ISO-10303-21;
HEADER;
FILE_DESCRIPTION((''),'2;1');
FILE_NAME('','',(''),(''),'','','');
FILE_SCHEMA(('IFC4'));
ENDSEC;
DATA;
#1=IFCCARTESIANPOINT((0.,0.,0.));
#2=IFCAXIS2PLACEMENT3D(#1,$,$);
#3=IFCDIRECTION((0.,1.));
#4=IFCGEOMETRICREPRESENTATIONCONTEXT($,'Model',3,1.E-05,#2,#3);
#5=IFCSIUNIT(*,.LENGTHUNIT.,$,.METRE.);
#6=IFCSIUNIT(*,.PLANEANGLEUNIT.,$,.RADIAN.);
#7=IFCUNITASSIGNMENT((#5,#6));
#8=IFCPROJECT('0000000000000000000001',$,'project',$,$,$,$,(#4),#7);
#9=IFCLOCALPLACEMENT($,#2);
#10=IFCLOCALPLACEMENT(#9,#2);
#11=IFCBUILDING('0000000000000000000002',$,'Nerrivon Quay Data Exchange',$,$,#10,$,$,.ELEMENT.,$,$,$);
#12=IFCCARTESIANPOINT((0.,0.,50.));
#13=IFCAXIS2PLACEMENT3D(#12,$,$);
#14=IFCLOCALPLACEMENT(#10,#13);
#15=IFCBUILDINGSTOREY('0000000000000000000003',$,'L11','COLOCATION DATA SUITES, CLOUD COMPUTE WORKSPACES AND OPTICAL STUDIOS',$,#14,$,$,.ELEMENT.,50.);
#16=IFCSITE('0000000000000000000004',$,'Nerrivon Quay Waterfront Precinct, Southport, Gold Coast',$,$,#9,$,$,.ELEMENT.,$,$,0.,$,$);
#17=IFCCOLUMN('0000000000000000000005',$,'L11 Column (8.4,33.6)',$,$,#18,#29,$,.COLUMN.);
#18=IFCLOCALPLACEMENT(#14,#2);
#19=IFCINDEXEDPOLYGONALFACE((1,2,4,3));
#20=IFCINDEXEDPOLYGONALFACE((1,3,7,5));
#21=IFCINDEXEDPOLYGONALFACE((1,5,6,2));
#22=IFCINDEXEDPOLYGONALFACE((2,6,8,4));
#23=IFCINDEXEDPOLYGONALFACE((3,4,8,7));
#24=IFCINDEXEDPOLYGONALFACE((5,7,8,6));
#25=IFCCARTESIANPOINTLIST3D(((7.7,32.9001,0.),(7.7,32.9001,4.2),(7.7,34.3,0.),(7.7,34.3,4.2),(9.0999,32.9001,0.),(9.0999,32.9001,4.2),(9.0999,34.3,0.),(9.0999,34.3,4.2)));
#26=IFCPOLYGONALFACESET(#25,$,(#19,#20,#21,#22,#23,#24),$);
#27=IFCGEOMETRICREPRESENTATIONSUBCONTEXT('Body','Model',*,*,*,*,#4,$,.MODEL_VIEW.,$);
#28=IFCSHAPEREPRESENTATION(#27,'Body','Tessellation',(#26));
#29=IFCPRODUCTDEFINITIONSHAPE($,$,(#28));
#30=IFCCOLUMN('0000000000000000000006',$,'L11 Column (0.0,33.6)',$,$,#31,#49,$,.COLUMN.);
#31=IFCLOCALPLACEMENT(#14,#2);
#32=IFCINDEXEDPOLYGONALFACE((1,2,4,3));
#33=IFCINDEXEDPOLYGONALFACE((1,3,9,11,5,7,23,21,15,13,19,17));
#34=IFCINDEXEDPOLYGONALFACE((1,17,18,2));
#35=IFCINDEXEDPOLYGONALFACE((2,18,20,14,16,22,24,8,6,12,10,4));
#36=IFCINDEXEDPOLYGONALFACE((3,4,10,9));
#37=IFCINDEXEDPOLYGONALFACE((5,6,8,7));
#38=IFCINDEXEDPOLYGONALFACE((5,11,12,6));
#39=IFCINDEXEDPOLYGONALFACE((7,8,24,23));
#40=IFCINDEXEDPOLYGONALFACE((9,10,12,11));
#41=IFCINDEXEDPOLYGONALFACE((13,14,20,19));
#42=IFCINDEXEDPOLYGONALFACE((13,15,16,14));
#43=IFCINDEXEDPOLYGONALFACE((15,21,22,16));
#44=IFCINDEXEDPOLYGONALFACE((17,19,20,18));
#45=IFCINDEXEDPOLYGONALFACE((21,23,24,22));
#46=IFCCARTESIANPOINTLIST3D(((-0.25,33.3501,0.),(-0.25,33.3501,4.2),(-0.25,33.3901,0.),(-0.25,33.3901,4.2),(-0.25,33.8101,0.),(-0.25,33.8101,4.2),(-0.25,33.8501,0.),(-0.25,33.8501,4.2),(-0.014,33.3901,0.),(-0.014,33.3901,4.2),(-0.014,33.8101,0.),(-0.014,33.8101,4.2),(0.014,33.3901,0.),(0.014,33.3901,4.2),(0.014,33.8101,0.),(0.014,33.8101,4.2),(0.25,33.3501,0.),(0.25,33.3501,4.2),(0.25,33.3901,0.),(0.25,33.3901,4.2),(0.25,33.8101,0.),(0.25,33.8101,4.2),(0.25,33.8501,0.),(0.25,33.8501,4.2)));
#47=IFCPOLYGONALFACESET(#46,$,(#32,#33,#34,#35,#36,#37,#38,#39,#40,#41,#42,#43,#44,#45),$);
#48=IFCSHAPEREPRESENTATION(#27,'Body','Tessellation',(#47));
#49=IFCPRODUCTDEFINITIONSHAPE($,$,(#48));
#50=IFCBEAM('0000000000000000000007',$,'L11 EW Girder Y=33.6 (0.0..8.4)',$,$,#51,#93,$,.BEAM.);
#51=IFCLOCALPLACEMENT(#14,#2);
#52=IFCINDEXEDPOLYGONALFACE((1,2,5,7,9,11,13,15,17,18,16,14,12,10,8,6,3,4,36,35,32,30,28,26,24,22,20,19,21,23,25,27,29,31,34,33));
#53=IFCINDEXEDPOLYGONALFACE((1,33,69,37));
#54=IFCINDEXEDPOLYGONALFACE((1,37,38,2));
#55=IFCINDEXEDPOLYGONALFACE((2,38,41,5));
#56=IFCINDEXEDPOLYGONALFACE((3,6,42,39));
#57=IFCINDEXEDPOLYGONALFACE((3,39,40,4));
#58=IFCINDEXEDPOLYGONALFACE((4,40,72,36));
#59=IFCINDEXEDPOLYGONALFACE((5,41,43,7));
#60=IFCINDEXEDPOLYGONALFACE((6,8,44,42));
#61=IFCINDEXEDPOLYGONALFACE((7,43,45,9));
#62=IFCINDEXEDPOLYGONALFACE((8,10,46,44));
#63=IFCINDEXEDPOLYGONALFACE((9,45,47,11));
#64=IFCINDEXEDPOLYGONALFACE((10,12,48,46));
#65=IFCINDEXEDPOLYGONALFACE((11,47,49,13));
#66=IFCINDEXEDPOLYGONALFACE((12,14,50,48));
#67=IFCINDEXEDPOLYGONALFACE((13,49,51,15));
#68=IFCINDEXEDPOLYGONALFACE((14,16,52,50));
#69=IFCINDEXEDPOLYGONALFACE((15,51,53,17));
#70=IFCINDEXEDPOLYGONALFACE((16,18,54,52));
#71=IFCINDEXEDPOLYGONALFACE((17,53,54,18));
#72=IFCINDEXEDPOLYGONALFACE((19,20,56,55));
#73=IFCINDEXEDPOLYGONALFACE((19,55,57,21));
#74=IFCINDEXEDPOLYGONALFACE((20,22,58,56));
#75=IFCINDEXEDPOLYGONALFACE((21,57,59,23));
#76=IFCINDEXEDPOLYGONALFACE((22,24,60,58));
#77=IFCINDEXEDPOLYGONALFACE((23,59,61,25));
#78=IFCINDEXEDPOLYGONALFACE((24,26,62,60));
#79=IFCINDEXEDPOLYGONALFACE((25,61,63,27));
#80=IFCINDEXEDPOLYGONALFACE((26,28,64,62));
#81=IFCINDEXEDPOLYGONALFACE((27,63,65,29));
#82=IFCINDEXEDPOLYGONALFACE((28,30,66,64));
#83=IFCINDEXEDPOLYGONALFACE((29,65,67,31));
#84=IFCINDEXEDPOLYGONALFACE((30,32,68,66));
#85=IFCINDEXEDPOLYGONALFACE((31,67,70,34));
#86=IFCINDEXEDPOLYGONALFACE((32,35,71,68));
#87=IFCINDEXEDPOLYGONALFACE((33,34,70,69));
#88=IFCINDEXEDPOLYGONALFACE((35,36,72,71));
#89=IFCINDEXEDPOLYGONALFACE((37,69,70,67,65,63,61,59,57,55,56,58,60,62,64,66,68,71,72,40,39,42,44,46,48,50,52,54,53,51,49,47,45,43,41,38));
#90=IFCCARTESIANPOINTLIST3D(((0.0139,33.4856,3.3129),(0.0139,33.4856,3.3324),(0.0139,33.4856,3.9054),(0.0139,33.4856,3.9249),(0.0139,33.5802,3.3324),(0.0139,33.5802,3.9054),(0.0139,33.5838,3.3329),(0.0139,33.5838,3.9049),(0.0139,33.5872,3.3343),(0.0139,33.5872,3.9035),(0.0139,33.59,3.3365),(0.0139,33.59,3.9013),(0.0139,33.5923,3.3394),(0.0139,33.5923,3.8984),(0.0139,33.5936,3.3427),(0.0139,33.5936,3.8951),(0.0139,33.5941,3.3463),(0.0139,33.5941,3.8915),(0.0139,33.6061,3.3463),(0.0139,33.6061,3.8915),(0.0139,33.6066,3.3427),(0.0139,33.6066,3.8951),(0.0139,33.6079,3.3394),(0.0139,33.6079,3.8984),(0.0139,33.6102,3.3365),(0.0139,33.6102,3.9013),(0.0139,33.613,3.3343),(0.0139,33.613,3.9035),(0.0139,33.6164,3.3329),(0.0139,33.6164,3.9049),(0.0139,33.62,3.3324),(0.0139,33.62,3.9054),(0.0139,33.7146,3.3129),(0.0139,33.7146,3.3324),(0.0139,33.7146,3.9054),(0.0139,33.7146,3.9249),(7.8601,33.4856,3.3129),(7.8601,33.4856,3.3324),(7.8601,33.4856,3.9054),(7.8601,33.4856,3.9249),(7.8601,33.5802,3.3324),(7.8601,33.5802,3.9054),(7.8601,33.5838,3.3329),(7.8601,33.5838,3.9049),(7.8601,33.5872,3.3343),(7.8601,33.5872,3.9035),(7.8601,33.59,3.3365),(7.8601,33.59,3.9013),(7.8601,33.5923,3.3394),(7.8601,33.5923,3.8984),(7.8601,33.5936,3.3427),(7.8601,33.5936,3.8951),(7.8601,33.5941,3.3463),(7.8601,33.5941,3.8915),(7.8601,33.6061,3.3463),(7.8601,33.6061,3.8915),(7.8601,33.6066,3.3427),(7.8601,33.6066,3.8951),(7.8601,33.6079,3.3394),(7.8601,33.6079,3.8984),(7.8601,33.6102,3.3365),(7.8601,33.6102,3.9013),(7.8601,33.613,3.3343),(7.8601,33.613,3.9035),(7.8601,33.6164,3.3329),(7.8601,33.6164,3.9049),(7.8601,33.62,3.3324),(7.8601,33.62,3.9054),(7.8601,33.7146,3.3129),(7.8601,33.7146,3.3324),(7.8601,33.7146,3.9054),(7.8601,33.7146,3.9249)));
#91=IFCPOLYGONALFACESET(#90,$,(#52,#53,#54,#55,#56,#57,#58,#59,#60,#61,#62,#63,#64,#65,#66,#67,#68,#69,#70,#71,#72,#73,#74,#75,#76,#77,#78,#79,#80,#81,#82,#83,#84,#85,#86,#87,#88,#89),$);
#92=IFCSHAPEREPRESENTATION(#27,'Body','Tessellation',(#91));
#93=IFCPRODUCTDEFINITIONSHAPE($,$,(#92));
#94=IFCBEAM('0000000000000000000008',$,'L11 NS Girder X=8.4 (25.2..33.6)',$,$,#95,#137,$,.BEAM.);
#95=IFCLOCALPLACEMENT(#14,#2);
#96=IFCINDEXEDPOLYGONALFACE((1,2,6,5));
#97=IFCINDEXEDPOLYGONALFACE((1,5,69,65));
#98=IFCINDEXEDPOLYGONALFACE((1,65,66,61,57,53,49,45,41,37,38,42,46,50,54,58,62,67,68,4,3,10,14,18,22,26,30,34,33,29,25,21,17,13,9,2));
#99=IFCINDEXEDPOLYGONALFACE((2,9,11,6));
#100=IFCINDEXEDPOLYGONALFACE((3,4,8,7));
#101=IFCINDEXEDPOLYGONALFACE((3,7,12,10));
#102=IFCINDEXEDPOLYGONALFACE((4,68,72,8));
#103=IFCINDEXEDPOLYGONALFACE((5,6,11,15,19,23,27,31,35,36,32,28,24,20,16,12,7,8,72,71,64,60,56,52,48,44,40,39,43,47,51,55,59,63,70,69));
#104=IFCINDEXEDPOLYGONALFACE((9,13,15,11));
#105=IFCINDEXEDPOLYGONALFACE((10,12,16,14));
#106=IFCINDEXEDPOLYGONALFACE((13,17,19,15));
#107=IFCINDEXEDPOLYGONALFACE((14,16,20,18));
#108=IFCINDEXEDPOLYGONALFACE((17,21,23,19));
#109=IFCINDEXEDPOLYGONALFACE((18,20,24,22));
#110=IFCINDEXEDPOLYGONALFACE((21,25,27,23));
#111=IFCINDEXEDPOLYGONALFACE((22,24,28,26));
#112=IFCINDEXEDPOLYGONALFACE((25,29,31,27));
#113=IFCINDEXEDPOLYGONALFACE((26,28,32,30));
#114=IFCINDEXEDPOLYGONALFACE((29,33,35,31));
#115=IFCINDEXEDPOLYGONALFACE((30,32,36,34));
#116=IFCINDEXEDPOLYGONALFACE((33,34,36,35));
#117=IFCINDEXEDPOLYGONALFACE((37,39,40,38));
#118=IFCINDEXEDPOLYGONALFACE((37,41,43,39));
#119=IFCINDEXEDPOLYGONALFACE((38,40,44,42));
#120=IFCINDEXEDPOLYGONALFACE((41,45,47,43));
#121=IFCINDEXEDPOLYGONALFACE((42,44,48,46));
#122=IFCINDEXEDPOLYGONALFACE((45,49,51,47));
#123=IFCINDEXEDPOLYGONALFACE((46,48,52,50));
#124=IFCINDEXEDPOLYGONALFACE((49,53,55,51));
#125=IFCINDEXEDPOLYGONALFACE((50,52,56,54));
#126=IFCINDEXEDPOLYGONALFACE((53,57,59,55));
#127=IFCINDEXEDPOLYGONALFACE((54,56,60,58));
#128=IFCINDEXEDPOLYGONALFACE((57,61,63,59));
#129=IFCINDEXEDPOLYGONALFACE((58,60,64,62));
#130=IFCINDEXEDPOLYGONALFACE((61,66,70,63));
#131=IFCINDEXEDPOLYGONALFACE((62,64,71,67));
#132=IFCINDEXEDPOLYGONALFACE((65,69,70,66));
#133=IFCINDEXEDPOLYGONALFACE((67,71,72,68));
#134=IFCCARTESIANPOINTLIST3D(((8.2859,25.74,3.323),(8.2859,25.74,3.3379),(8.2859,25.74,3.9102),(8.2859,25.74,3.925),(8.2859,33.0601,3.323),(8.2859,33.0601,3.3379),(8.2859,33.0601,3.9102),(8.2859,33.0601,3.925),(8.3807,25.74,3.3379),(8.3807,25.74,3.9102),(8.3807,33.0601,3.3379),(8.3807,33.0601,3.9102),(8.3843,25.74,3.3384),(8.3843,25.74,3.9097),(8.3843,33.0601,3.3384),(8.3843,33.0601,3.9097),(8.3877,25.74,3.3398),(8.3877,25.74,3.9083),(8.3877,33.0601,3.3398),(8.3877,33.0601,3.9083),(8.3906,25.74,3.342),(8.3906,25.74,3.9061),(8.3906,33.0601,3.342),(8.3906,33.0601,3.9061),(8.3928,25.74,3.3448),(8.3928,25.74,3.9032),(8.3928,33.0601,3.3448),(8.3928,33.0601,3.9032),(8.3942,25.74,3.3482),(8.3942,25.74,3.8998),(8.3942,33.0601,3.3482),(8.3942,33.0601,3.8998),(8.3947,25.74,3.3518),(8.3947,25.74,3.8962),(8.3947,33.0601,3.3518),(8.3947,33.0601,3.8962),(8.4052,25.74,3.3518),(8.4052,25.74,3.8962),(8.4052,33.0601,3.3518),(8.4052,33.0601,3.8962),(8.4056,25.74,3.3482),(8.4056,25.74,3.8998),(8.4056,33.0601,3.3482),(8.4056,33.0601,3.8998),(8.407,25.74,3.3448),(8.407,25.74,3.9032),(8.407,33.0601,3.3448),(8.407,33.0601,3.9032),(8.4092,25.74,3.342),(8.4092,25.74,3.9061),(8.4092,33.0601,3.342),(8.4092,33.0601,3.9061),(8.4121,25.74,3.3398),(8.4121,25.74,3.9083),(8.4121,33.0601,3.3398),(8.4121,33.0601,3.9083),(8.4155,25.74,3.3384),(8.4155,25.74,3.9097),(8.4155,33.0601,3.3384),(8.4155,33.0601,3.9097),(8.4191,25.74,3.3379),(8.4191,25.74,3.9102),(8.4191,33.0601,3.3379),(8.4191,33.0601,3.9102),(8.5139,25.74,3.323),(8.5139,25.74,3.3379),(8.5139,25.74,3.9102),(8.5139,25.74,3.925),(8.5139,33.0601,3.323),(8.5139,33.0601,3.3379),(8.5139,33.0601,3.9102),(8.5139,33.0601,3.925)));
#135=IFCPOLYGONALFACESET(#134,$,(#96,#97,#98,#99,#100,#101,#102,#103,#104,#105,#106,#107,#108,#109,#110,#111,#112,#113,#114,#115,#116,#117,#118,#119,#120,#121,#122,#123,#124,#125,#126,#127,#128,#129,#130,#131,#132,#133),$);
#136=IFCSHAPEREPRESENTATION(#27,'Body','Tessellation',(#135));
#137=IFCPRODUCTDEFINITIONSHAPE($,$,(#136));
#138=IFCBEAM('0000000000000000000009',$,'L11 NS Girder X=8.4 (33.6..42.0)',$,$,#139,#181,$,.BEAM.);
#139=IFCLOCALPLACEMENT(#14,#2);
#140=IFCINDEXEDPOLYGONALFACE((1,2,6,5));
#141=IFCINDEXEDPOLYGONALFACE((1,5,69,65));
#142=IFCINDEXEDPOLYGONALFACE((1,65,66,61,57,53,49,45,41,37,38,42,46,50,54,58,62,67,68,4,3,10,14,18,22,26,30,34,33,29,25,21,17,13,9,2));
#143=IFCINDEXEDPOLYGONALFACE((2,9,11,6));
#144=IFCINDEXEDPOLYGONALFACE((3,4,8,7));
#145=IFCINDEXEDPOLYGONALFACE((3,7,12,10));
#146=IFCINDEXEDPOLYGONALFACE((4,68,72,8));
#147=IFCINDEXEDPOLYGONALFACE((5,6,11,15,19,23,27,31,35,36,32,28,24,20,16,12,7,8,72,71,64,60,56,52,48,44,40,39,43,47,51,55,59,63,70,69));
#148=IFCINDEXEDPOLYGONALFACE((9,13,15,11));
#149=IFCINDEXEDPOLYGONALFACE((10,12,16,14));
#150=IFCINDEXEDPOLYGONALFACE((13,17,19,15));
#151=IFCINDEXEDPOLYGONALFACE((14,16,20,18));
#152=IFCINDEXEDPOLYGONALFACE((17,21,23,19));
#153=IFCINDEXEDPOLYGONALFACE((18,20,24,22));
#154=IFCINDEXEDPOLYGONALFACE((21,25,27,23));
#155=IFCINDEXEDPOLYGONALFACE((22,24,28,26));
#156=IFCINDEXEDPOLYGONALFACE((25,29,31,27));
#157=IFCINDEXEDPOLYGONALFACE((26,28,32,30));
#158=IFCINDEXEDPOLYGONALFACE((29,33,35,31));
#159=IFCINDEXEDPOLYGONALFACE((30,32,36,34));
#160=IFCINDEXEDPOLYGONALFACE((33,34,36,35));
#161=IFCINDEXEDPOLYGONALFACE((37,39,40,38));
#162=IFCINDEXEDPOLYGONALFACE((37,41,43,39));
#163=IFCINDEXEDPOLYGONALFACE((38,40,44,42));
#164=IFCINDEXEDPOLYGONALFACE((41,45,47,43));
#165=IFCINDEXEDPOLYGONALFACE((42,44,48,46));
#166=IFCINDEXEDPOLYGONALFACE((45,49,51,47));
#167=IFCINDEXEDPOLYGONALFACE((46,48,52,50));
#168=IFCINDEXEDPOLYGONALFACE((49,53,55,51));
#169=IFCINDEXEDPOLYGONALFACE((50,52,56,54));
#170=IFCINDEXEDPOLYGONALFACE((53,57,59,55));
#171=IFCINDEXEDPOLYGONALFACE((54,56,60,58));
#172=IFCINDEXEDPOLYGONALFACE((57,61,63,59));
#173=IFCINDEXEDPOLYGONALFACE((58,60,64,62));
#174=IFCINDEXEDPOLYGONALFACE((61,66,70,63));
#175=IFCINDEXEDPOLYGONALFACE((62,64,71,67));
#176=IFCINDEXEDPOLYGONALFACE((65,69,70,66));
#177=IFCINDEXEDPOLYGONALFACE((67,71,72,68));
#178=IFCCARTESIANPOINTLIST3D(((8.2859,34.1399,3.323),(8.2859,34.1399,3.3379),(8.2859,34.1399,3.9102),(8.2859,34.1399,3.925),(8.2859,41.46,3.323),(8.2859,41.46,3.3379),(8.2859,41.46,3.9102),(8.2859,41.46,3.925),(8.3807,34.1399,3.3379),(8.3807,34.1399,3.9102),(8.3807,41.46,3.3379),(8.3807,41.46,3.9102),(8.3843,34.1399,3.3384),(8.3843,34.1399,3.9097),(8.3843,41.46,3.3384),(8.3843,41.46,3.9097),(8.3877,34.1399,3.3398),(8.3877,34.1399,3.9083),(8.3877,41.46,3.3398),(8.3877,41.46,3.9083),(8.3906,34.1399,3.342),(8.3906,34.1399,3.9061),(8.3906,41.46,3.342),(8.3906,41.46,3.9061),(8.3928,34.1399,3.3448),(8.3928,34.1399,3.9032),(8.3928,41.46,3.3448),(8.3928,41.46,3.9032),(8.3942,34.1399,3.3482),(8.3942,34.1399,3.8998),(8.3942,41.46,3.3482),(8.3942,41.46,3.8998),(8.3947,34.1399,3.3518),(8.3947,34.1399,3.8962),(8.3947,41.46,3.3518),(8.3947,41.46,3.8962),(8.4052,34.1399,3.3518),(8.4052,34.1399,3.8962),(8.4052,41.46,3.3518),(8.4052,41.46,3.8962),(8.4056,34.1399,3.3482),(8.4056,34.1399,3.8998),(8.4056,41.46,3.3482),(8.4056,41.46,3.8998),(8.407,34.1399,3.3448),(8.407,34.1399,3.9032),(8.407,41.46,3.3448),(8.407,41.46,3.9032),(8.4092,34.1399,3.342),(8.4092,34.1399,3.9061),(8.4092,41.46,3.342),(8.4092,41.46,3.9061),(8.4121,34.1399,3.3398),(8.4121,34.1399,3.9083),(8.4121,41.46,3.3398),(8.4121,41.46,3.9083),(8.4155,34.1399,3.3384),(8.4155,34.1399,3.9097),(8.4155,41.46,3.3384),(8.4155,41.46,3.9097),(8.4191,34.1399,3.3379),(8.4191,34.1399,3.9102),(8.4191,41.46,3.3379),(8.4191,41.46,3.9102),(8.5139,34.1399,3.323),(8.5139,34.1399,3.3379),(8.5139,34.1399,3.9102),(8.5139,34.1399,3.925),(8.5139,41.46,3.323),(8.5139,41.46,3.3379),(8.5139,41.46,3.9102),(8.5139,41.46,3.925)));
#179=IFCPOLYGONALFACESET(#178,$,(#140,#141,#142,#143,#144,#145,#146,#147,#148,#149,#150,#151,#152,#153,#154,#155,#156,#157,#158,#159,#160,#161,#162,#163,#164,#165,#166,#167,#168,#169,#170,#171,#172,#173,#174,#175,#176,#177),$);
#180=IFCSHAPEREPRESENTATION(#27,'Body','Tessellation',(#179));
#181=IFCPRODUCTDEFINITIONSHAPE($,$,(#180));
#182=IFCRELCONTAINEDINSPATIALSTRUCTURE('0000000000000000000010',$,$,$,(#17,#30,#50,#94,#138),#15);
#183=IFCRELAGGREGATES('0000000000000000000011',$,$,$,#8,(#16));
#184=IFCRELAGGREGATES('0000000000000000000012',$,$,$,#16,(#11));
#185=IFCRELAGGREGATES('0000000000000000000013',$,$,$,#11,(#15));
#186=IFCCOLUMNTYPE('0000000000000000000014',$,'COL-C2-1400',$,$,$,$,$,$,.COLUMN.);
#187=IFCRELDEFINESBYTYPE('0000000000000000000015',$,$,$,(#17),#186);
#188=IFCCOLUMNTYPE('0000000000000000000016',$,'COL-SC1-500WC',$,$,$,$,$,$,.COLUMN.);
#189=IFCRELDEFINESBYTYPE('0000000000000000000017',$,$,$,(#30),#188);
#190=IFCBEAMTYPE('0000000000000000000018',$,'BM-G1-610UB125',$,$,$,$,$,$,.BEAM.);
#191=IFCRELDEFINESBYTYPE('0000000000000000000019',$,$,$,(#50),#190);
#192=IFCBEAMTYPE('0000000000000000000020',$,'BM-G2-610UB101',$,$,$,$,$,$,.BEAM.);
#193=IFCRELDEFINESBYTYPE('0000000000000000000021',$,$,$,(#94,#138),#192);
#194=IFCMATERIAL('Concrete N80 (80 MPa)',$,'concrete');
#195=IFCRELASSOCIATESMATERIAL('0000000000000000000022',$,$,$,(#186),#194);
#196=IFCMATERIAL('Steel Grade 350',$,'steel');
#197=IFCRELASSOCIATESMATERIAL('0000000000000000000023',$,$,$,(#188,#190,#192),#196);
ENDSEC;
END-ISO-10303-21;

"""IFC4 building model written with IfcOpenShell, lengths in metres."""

from ifc_helpers import new_model, si_unit, direction, frame, origin, origin_2d, place, context, subcontext, project, spatial, rectangle, i_section, extrude, material, material_profile, profile_set, type_object, element, save


model = new_model("IFC4")

# Units and contexts
model_context = context("Model", 3, precision=1e-05, world=origin(), true_north=direction((0.0, 1.0)))
body_context = subcontext(model_context, "Body", "Model", "MODEL_VIEW")
ifc_project = project(units=[si_unit("LENGTHUNIT", "METRE"), si_unit("PLANEANGLEUNIT", "RADIAN")], contexts=[model_context])

# Site, building, storey
site_placement = place(None, origin())
site = spatial("IfcSite", under=ifc_project, at=site_placement, Name="Nerrivon Quay Waterfront Precinct, Southport, Gold Coast", CompositionType="ELEMENT", RefElevation=0.0)
building_placement = place(site_placement, origin())
building = spatial("IfcBuilding", under=site, at=building_placement, Name="Nerrivon Quay Data Exchange", CompositionType="ELEMENT")
storey_placement = place(building_placement, frame((0.0, 0.0, 50.0)))
storey = spatial("IfcBuildingStorey", under=building, at=storey_placement, Name="L11", Description="COLOCATION DATA SUITES, CLOUD COMPUTE WORKSPACES AND OPTICAL STUDIOS", CompositionType="ELEMENT", Elevation=50.0)

# Columns
ifc_material_1 = material(Name="Concrete N80 (80 MPa)", Category="concrete")
ifc_material_profile_1 = material_profile(ifc_material_1, rectangle(XDim=1.3999, YDim=1.3999, at=origin_2d()), Name="RC-COL-1400x1400")
ifc_profile_set_1 = profile_set([ifc_material_profile_1], Name="Concrete N80 (80 MPa)")
column_type_1 = type_object("IfcColumnType", Name="COL-C2-1400", PredefinedType="COLUMN", material=ifc_profile_set_1)
column_1_placement = place(storey_placement, frame((8.3999, 33.6001, 0.0), z_axis=(0.0, 0.0, 1.0), x_axis=(1.0, 0.0, 0.0)))
element("IfcColumn", 1, at=column_1_placement, inside=storey, type_object=column_type_1, Name="L11 Column (8.4,33.6)", PredefinedType="COLUMN", context=body_context, shape_type="SweptSolid", body=[
    extrude(rectangle(XDim=1.3999, YDim=1.3999, at=origin_2d()), origin(), (0.0, 0.0, 1.0), 4.2),
])
ifc_material_2 = material(Name="Steel Grade 350", Category="steel")
ifc_material_profile_2 = material_profile(ifc_material_2, i_section(OverallWidth=0.5, OverallDepth=0.5, WebThickness=0.0281, FlangeThickness=0.04, at=origin_2d()), Name="500WC440")
ifc_profile_set_2 = profile_set([ifc_material_profile_2], Name="Steel Grade 350")
column_type_2 = type_object("IfcColumnType", Name="COL-SC1-500WC", PredefinedType="COLUMN", material=ifc_profile_set_2)
column_2_placement = place(storey_placement, frame((0.0, 33.6001, 0.0), z_axis=(0.0, 0.0, 1.0), x_axis=(1.0, 0.0, 0.0)))
element("IfcColumn", 2, at=column_2_placement, inside=storey, type_object=column_type_2, Name="L11 Column (0.0,33.6)", PredefinedType="COLUMN", context=body_context, shape_type="SweptSolid", body=[
    extrude(i_section(OverallWidth=0.5, OverallDepth=0.5, WebThickness=0.0281, FlangeThickness=0.04, at=origin_2d()), origin(), (0.0, 0.0, 1.0), 4.2),
])

# Beams
ifc_material_profile_3 = material_profile(ifc_material_2, i_section(OverallWidth=0.229, OverallDepth=0.6121, WebThickness=0.012, FlangeThickness=0.0195, FilletRadius=0.0139, at=origin_2d()), Name="610UB125")
ifc_profile_set_3 = profile_set([ifc_material_profile_3], Name="Steel Grade 350")
beam_type_1 = type_object("IfcBeamType", Name="BM-G1-610UB125", PredefinedType="BEAM", material=ifc_profile_set_3)
beam_1_placement = place(storey_placement, frame((0.0139, 33.6001, 3.6189), z_axis=(1.0, 0.0, 0.0), x_axis=(0.0, 1.0, 0.0)))
element("IfcBeam", 3, at=beam_1_placement, inside=storey, type_object=beam_type_1, Name="L11 EW Girder Y=33.6 (0.0..8.4)", PredefinedType="BEAM", context=body_context, shape_type="SweptSolid", body=[
    extrude(i_section(OverallWidth=0.229, OverallDepth=0.6121, WebThickness=0.012, FlangeThickness=0.0195, FilletRadius=0.0139, at=origin_2d()), origin(), (0.0, 0.0, 1.0), 7.8462),
])
ifc_material_profile_4 = material_profile(ifc_material_2, i_section(OverallWidth=0.228, OverallDepth=0.6021, WebThickness=0.0105, FlangeThickness=0.0149, FilletRadius=0.0139, at=origin_2d()), Name="610UB101")
ifc_profile_set_4 = profile_set([ifc_material_profile_4], Name="Steel Grade 350")
beam_type_2 = type_object("IfcBeamType", Name="BM-G2-610UB101", PredefinedType="BEAM", material=ifc_profile_set_4)
for number, where, z_axis, x_axis, name in (
    (4, (8.3999, 25.74, 3.624), (0.0, 1.0, 0.0), (-1.0, 0.0, 0.0), "L11 NS Girder X=8.4 (25.2..33.6)"),
    (5, (8.3999, 34.1399, 3.624), (0.0, 1.0, 0.0), (-1.0, 0.0, 0.0), "L11 NS Girder X=8.4 (33.6..42.0)"),
):
    element("IfcBeam", number, at=place(storey_placement, frame(where, z_axis=z_axis, x_axis=x_axis)), inside=storey, type_object=beam_type_2, Name=name, PredefinedType="BEAM", context=body_context, shape_type="SweptSolid", body=[
        extrude(i_section(OverallWidth=0.228, OverallDepth=0.6021, WebThickness=0.0105, FlangeThickness=0.0149, FilletRadius=0.0139, at=origin_2d()), origin(), (0.0, 0.0, 1.0), 7.3201),
    ])

save(model, "model.ifc")
